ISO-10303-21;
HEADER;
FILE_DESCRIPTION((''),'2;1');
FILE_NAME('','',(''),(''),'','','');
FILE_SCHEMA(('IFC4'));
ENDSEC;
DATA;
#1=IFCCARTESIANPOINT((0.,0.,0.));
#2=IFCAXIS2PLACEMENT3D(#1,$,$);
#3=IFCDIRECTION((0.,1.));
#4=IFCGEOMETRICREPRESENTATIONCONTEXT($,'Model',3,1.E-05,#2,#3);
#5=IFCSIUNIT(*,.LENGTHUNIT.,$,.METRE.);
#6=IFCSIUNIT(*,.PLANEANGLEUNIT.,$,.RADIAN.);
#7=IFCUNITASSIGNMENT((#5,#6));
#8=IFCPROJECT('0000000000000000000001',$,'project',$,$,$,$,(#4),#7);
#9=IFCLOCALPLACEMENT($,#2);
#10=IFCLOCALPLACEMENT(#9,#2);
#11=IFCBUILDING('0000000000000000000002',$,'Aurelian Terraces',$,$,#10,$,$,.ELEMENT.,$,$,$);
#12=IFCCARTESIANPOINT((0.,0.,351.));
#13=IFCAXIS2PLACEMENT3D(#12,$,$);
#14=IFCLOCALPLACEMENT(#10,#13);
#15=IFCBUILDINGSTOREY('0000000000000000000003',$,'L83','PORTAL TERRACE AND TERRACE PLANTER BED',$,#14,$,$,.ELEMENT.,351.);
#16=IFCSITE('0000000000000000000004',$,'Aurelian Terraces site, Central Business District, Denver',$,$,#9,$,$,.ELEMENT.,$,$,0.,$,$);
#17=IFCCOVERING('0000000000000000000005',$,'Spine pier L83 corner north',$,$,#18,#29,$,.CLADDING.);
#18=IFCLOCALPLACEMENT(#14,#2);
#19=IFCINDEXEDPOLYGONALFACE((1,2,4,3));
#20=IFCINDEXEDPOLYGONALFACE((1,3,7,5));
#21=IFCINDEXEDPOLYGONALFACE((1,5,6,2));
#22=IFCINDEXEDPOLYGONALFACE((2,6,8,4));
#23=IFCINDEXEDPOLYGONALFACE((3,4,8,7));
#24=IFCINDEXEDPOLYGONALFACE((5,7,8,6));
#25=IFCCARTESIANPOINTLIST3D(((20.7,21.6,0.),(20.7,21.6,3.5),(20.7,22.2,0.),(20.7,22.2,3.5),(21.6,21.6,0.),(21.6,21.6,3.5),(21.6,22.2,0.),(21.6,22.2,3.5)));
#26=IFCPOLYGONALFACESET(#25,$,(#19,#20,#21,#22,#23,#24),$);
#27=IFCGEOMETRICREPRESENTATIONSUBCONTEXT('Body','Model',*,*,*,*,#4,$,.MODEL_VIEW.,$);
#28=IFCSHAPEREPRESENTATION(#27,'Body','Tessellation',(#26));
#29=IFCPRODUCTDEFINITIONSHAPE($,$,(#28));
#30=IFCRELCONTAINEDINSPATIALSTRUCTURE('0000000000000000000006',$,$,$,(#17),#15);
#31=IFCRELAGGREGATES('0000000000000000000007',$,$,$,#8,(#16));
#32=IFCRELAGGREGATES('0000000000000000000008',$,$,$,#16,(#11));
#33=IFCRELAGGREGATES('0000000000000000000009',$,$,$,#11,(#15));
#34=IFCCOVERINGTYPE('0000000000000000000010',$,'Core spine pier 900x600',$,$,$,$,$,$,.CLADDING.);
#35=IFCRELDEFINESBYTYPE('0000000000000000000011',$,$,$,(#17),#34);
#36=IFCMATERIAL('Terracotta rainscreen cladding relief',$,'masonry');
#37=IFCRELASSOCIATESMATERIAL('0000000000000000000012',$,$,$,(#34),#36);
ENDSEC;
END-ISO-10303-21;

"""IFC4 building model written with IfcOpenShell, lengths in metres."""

from ifc_helpers import new_model, si_unit, direction, frame, origin, origin_2d, place, context, subcontext, project, spatial, rectangle, extrude, source, transform, mapped, material, type_object, element, save


model = new_model("IFC4")

# Units and contexts
model_context = context("Model", 3, precision=1e-05, world=origin(), true_north=direction((0.0, 1.0)))
body_context = subcontext(model_context, "Body", "Model", "MODEL_VIEW")
ifc_project = project(units=[si_unit("LENGTHUNIT", "METRE"), si_unit("PLANEANGLEUNIT", "RADIAN")], contexts=[model_context])

# Site, building, storey
site_placement = place(None, origin())
site = spatial("IfcSite", under=ifc_project, at=site_placement, Name="Aurelian Terraces site, Central Business District, Denver", CompositionType="ELEMENT", RefElevation=0.0)
building_placement = place(site_placement, origin())
building = spatial("IfcBuilding", under=site, at=building_placement, Name="Aurelian Terraces", CompositionType="ELEMENT")
storey_placement = place(building_placement, frame((0.0, 0.0, 351.0)))
storey = spatial("IfcBuildingStorey", under=building, at=storey_placement, Name="L83", Description="PORTAL TERRACE AND TERRACE PLANTER BED", CompositionType="ELEMENT", Elevation=351.0)

# Covering
ifc_material_1 = material(Name="Terracotta rainscreen cladding relief", Category="masonry")
covering_type_1 = type_object("IfcCoveringType", Name="Core spine pier 900x600", PredefinedType="CLADDING", material=ifc_material_1)
shared_shape_1 = source(origin(), body_context, "Body", "SweptSolid", [
    extrude(rectangle(XDim=0.9, YDim=0.6, at=origin_2d()), origin(), (0.0, 0.0, 1.0), 3.5),
])
covering_1_placement = place(storey_placement, frame((21.15, 21.9, 0.0), z_axis=(0.0, 0.0, 1.0), x_axis=(1.0, 0.0, 0.0)))
element("IfcCovering", 1, at=covering_1_placement, inside=storey, type_object=covering_type_1, Name="Spine pier L83 corner north", PredefinedType="CLADDING", context=body_context, shape_type="MappedRepresentation", body=[
    mapped(shared_shape_1, transform((0.0, 0.0, 0.0), scale=1.0)),
])

save(model, "model.ifc")
